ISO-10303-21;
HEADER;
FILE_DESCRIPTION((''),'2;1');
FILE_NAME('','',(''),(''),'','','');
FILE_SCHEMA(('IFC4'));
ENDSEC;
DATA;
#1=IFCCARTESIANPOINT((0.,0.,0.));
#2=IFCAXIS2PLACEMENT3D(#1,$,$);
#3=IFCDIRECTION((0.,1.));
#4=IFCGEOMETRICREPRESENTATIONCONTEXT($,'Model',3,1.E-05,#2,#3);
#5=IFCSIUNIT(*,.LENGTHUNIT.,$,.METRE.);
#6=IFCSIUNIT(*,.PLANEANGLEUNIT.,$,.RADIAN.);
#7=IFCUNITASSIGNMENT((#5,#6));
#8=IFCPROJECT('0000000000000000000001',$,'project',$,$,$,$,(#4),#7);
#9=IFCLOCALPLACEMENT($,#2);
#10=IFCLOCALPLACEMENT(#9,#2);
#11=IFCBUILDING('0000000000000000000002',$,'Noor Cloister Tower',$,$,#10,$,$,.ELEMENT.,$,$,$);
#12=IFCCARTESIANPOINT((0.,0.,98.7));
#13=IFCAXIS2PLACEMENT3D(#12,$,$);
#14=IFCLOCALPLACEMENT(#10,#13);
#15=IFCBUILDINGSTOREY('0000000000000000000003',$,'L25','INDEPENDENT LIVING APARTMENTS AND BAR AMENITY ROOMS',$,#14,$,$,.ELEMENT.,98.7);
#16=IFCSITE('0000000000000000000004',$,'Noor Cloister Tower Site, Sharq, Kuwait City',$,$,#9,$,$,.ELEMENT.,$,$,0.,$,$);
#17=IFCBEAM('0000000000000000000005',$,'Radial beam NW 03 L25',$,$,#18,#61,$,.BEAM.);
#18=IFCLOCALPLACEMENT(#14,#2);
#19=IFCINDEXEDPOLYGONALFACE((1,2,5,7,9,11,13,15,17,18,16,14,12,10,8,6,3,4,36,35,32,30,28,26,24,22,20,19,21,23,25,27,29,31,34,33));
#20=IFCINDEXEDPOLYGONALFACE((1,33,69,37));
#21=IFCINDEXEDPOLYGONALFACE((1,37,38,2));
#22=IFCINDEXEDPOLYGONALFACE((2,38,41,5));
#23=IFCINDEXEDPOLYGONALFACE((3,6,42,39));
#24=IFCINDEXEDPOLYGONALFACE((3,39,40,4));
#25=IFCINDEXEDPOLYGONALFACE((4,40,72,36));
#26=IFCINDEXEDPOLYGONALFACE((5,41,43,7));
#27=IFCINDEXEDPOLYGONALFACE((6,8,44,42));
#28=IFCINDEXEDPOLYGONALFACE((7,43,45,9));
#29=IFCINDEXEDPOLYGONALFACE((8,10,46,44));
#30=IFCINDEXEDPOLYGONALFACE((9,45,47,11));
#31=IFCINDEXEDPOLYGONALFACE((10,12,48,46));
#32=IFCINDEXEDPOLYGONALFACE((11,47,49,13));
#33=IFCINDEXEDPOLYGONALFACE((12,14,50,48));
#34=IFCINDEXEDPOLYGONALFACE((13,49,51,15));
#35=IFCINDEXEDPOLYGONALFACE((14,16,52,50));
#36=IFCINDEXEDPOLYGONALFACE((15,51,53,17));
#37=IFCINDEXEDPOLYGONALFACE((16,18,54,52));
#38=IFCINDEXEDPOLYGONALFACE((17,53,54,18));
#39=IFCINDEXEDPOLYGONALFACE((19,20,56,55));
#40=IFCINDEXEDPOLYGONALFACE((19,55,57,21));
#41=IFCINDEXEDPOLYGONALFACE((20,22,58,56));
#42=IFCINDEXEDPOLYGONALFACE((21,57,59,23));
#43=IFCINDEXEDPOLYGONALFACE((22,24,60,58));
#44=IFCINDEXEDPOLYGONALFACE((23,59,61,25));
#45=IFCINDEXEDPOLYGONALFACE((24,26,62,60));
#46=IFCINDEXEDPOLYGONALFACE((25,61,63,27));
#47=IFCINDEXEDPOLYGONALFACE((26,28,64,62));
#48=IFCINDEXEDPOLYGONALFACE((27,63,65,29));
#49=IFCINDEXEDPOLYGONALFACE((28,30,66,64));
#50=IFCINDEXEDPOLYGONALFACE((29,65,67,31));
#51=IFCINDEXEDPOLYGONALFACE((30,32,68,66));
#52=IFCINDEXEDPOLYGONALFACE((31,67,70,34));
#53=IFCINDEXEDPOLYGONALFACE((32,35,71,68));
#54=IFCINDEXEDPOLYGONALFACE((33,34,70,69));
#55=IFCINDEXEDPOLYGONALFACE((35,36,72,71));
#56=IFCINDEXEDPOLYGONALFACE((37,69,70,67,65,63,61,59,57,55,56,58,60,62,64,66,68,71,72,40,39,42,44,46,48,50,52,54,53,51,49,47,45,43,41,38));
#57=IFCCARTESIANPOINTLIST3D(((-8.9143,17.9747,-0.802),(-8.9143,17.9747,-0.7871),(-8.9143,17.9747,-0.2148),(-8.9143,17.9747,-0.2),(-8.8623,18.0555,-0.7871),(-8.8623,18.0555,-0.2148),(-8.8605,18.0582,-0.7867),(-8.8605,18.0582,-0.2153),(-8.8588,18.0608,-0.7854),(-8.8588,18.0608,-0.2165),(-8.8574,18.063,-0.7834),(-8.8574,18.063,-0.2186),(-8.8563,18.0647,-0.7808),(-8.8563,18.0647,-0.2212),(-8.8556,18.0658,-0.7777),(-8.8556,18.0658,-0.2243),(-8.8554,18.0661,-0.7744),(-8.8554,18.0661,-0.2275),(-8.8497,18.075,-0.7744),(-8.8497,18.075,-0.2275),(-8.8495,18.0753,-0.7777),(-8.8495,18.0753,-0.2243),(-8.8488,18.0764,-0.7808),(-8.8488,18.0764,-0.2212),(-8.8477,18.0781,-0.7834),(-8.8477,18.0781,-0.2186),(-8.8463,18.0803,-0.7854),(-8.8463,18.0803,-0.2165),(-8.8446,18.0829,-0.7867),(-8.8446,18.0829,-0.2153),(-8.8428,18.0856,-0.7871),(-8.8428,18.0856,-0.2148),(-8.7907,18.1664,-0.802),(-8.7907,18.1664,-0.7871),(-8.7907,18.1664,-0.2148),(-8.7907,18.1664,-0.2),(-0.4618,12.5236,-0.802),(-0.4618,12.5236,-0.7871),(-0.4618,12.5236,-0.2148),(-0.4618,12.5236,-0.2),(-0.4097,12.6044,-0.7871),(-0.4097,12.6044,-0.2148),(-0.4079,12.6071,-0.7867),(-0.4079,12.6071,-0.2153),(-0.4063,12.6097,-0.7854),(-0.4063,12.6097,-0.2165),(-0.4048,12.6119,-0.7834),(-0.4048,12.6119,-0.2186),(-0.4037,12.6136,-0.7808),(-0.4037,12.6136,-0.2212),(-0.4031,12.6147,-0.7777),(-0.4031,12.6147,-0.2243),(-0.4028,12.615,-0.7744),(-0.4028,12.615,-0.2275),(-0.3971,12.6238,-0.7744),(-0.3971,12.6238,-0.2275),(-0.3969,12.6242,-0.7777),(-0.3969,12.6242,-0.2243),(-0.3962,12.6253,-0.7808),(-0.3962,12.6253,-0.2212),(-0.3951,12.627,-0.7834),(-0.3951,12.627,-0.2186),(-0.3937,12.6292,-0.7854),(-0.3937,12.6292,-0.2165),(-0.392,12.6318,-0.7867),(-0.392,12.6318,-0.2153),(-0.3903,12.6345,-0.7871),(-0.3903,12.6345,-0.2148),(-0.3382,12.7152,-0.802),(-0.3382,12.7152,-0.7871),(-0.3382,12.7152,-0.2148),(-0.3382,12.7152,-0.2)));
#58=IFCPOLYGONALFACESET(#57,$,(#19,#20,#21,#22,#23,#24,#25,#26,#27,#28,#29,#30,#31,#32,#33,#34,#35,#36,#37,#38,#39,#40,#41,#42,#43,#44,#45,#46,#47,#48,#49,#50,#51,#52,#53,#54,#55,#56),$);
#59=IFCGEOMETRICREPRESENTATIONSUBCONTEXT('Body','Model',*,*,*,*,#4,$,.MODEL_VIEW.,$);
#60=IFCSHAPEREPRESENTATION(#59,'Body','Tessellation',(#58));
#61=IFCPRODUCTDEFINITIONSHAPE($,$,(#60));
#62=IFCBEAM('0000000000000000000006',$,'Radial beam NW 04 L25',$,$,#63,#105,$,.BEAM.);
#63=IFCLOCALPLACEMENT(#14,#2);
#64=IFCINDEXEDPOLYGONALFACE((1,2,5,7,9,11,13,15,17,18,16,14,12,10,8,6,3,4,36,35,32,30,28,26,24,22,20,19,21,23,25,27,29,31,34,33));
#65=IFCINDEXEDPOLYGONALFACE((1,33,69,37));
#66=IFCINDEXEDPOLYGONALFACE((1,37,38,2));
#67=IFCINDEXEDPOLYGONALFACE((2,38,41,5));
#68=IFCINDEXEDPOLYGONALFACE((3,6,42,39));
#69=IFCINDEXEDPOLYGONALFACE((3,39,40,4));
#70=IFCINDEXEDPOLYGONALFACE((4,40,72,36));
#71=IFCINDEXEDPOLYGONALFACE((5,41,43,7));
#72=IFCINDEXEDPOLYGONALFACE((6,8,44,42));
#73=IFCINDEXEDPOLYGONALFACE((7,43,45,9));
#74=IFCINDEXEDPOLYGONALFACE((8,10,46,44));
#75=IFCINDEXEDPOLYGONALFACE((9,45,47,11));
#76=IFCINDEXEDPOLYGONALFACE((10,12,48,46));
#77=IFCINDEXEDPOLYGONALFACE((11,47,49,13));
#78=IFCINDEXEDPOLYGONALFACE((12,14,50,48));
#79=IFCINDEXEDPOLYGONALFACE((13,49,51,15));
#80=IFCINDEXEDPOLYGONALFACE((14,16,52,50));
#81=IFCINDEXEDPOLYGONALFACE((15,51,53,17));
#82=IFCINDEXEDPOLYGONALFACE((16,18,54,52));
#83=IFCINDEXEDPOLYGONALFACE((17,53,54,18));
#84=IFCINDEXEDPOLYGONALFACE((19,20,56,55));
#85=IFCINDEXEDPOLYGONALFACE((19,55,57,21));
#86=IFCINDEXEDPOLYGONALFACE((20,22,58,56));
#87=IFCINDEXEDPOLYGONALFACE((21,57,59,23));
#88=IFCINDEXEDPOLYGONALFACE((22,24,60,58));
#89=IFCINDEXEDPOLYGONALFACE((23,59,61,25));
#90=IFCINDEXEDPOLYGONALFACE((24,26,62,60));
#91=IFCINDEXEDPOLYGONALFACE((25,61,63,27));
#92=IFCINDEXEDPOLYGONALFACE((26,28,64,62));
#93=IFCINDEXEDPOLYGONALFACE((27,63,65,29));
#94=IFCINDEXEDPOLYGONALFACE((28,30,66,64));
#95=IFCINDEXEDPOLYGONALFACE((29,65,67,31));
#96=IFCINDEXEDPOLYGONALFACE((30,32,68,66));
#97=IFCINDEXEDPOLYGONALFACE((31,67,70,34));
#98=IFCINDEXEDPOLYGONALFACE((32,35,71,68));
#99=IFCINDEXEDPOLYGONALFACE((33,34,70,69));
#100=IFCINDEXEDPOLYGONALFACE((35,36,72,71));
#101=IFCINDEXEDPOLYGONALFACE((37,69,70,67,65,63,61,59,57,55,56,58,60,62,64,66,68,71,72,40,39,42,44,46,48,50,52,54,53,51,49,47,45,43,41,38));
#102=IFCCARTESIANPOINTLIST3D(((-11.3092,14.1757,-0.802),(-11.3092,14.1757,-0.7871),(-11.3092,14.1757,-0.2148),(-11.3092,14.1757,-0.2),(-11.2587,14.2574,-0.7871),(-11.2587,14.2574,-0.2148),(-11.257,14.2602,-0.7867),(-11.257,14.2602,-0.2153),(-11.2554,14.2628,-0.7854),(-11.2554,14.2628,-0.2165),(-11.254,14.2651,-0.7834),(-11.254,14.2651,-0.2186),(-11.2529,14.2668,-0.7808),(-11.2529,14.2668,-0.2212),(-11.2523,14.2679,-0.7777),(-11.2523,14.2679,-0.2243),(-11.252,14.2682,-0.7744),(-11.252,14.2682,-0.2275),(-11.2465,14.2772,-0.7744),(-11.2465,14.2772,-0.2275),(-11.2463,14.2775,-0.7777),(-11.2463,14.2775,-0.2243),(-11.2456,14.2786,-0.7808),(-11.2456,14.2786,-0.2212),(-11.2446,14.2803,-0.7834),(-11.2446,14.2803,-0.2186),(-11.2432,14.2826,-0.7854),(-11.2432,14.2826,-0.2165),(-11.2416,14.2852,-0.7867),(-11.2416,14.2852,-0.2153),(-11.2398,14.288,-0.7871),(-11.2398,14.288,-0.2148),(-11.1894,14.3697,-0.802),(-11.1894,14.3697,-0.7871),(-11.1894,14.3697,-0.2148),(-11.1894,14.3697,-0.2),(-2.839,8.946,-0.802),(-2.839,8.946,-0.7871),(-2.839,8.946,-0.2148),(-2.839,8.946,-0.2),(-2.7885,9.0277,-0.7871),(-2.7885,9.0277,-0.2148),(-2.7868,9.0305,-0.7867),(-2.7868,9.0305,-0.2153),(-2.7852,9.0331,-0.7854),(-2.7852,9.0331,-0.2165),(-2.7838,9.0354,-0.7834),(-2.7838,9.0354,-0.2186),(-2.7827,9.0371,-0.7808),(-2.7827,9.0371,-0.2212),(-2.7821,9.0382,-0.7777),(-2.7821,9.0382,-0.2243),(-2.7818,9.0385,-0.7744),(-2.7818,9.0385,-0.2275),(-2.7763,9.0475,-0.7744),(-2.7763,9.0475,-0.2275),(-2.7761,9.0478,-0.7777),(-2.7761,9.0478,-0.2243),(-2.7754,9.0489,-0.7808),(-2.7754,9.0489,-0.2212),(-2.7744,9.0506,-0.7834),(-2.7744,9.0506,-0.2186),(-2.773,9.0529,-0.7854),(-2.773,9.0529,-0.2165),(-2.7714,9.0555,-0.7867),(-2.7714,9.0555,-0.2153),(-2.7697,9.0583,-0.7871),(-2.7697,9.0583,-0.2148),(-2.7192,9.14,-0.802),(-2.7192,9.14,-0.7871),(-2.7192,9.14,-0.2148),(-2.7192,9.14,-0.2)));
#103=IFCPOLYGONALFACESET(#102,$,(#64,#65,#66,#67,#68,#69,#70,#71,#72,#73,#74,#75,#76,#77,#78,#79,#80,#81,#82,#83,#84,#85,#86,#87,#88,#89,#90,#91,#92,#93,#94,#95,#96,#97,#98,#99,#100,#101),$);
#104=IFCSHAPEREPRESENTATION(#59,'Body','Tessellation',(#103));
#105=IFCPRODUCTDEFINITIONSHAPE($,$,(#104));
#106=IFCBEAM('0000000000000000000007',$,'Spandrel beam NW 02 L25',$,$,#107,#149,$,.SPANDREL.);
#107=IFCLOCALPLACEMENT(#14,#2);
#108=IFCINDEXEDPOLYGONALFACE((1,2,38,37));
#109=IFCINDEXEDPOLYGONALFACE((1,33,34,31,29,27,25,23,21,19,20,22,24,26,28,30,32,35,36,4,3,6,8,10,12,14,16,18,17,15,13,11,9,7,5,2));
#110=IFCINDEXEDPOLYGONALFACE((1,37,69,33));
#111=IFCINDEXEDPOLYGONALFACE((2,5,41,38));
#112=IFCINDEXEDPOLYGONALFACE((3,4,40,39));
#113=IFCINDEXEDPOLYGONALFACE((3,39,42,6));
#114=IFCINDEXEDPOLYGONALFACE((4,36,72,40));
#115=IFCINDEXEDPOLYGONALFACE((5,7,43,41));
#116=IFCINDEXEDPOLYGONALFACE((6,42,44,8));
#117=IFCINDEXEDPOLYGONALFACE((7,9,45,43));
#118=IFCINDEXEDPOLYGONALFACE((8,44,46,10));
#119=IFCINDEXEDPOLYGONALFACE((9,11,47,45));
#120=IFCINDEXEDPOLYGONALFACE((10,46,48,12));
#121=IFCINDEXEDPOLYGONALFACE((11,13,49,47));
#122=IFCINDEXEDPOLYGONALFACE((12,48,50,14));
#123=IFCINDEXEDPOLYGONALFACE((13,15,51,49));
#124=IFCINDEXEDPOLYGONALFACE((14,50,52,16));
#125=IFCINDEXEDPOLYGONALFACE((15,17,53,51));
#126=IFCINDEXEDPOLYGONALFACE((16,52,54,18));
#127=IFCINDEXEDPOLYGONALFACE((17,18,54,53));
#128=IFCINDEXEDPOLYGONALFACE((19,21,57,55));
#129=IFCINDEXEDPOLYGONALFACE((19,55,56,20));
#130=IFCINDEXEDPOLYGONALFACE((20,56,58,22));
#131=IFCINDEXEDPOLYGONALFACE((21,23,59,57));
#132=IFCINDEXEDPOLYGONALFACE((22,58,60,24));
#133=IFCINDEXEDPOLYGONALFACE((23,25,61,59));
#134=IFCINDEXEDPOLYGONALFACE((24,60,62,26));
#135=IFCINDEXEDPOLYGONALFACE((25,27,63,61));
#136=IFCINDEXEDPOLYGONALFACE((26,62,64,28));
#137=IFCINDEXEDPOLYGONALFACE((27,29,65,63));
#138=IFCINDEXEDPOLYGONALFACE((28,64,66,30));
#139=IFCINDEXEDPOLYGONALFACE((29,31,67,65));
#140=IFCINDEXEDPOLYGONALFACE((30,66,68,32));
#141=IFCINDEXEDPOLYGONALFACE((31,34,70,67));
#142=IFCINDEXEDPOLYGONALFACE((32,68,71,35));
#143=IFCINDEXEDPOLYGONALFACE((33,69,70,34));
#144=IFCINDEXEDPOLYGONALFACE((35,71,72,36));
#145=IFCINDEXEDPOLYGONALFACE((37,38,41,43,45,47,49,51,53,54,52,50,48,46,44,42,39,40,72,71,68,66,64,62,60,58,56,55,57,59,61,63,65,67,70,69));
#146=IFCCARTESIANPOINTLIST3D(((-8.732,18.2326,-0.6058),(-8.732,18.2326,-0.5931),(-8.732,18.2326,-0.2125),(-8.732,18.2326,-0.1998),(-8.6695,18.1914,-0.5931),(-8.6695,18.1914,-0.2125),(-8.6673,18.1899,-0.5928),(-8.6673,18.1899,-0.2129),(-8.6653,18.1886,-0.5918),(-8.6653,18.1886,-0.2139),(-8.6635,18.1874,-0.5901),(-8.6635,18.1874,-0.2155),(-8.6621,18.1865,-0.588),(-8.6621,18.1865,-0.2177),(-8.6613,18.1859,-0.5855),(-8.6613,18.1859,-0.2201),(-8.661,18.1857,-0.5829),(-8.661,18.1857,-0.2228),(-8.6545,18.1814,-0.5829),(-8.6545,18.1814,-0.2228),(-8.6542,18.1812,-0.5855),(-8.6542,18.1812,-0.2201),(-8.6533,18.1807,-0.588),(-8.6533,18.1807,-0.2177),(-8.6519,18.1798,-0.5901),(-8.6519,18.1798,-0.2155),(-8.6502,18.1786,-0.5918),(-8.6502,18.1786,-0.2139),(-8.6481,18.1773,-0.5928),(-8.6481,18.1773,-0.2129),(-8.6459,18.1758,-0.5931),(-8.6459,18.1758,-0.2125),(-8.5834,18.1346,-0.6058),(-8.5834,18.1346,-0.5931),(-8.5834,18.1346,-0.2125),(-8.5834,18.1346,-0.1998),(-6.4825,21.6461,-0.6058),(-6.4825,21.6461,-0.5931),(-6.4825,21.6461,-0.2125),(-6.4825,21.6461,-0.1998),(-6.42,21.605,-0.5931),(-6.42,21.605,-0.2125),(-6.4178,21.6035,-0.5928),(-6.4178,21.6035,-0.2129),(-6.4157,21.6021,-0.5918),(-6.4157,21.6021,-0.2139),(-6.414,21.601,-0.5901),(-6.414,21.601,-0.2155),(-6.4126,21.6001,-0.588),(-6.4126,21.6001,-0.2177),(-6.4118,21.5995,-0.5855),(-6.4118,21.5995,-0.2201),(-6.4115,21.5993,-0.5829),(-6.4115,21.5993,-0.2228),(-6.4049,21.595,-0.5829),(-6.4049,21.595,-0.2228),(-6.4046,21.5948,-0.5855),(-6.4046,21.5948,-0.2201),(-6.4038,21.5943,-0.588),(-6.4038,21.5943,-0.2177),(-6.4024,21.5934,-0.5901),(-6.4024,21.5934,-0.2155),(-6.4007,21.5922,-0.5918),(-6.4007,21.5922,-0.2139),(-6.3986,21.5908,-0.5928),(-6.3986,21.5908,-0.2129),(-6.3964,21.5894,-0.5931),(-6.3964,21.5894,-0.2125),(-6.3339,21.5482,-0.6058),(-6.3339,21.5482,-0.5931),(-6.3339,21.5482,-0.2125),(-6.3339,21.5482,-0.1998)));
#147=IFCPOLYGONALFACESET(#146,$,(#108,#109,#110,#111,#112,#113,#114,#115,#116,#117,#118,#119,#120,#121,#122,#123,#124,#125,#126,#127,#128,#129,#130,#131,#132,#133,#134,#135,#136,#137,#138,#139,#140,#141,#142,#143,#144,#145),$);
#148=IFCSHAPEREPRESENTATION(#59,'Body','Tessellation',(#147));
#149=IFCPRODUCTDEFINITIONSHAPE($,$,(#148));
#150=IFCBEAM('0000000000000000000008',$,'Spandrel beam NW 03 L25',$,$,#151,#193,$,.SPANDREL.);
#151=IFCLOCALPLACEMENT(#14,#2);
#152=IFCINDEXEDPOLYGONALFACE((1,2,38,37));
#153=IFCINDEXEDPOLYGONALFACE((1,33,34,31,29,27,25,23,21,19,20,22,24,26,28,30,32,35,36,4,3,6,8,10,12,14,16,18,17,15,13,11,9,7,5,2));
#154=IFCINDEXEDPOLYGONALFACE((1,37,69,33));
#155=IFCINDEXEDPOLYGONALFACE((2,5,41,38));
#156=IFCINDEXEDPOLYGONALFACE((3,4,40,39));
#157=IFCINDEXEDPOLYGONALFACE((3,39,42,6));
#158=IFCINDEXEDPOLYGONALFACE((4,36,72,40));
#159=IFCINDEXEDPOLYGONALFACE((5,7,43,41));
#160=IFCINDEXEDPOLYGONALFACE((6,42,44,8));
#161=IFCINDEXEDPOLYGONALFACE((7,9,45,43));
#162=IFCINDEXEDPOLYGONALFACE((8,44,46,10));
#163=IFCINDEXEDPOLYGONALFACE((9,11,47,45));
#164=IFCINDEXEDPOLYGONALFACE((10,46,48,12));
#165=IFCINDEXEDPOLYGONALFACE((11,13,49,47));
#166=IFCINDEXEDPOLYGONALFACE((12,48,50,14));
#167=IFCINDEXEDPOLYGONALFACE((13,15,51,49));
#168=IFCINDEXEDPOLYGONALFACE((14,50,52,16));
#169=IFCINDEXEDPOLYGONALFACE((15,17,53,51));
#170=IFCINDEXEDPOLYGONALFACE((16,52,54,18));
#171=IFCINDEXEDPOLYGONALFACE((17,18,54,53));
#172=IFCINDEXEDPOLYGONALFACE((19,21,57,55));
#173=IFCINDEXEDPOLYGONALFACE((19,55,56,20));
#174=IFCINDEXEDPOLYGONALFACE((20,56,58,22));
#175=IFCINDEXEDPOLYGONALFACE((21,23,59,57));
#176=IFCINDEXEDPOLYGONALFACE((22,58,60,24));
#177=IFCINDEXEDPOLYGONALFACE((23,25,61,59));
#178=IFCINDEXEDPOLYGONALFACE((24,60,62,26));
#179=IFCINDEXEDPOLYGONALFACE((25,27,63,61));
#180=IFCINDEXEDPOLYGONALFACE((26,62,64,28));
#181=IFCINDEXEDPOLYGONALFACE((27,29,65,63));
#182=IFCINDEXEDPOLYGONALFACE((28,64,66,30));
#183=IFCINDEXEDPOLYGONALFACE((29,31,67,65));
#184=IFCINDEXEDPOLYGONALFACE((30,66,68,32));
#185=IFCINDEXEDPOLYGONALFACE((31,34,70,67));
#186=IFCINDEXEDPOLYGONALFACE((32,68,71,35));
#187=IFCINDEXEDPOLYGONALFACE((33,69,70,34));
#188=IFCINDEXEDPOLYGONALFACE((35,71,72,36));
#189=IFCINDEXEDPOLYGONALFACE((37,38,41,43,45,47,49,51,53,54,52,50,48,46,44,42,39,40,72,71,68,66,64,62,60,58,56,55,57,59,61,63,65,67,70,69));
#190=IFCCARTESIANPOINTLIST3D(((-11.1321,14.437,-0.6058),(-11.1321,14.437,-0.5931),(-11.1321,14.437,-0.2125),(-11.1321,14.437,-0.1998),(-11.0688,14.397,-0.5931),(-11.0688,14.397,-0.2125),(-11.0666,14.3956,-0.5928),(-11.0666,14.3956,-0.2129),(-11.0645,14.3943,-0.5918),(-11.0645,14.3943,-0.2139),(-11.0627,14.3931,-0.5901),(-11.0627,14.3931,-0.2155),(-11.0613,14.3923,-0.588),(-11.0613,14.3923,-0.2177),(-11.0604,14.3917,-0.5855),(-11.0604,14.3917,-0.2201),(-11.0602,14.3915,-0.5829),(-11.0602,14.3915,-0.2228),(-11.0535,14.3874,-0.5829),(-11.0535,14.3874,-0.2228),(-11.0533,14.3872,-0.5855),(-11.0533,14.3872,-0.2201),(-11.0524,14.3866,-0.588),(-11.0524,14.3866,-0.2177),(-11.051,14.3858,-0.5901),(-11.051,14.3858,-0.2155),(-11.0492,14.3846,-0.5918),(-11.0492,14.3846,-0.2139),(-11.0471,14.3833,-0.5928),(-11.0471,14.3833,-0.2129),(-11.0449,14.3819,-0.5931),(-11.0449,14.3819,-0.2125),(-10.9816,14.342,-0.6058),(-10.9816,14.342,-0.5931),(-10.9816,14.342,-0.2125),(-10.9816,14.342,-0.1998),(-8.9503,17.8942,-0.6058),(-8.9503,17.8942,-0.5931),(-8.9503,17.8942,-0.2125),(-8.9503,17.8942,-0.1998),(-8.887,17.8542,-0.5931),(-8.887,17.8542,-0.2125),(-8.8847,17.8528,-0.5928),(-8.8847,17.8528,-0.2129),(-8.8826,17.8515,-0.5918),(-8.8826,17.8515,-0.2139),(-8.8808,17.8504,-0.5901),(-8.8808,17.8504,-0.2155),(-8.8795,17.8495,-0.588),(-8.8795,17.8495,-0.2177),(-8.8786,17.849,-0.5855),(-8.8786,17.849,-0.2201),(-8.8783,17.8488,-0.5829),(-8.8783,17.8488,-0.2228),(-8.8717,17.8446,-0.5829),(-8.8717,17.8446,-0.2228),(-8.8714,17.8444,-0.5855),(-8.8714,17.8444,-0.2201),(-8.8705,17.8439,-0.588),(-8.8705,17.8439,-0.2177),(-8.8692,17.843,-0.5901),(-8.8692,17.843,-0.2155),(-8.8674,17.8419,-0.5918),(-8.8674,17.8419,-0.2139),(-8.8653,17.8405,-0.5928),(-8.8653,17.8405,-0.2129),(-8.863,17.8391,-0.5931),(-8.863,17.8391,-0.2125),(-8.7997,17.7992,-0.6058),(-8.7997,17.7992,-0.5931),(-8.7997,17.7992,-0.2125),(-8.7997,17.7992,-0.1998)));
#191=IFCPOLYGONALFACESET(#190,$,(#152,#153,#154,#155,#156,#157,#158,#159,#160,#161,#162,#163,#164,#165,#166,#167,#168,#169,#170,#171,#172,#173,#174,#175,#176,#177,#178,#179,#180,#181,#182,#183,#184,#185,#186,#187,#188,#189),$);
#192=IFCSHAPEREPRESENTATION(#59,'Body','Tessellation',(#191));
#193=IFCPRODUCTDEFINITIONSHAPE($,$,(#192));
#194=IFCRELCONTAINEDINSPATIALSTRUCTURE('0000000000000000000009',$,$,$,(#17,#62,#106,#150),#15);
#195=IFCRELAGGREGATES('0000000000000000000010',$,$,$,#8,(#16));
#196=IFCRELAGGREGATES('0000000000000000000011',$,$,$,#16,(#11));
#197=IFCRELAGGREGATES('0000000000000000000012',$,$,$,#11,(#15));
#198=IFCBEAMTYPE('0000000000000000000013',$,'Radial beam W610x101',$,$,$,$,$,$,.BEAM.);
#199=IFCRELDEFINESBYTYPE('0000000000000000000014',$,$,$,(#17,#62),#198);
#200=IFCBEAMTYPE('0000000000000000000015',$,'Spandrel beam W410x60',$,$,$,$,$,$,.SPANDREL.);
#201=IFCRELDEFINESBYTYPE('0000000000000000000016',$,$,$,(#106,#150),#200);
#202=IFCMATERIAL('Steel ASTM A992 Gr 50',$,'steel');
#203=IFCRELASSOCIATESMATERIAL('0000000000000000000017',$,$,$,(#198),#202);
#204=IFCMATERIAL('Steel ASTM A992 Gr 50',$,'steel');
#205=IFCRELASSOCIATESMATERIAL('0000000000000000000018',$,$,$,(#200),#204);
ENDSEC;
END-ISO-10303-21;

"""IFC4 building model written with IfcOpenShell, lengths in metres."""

from ifc_helpers import new_model, si_unit, direction, frame, origin, origin_2d, place, context, subcontext, project, spatial, i_section, extrude, material, material_profile, profile_set, type_object, element, save


model = new_model("IFC4")

# Units and contexts
model_context = context("Model", 3, precision=1e-05, world=origin(), true_north=direction((0.0, 1.0)))
body_context = subcontext(model_context, "Body", "Model", "MODEL_VIEW")
ifc_project = project(units=[si_unit("LENGTHUNIT", "METRE"), si_unit("PLANEANGLEUNIT", "RADIAN")], contexts=[model_context])

# Site, building, storey
site_placement = place(None, origin())
site = spatial("IfcSite", under=ifc_project, at=site_placement, Name="Noor Cloister Tower Site, Sharq, Kuwait City", CompositionType="ELEMENT", RefElevation=0.0)
building_placement = place(site_placement, origin())
building = spatial("IfcBuilding", under=site, at=building_placement, Name="Noor Cloister Tower", CompositionType="ELEMENT")
storey_placement = place(building_placement, frame((0.0, 0.0, 98.7)))
storey = spatial("IfcBuildingStorey", under=building, at=storey_placement, Name="L25", Description="INDEPENDENT LIVING APARTMENTS AND BAR AMENITY ROOMS", CompositionType="ELEMENT", Elevation=98.7)

# Beams
ifc_material_1 = material(Name="Steel ASTM A992 Gr 50", Category="steel")
ifc_material_profile_1 = material_profile(ifc_material_1, i_section(OverallWidth=0.228, OverallDepth=0.6021, WebThickness=0.0105, FlangeThickness=0.0149, FilletRadius=0.0127, at=origin_2d()), Name="W610x101")
ifc_profile_set_1 = profile_set([ifc_material_profile_1], Name="Steel ASTM A992 Gr 50")
beam_type_1 = type_object("IfcBeamType", Name="Radial beam W610x101", PredefinedType="BEAM", material=ifc_profile_set_1)
beam_1_placement = place(storey_placement, frame((-8.8525, 18.0706, -0.501), z_axis=(0.840394, -0.541976, 0.0), x_axis=(0.541976, 0.840394, 0.0)))
element("IfcBeam", 1, at=beam_1_placement, inside=storey, type_object=beam_type_1, Name="Radial beam NW 03 L25", PredefinedType="BEAM", context=body_context, shape_type="SweptSolid", body=[
    extrude(i_section(OverallWidth=0.228, OverallDepth=0.6021, WebThickness=0.0105, FlangeThickness=0.0149, FilletRadius=0.0127, at=origin_2d()), origin(), (0.0, 0.0, 1.0), 10.0579),
])
beam_2_placement = place(storey_placement, frame((-11.2493, 14.2727, -0.501), z_axis=(0.850882, -0.525357, 0.0), x_axis=(0.525357, 0.850882, 0.0)))
element("IfcBeam", 2, at=beam_2_placement, inside=storey, type_object=beam_type_1, Name="Radial beam NW 04 L25", PredefinedType="BEAM", context=body_context, shape_type="SweptSolid", body=[
    extrude(i_section(OverallWidth=0.228, OverallDepth=0.6021, WebThickness=0.0105, FlangeThickness=0.0149, FilletRadius=0.0127, at=origin_2d()), origin(), (0.0, 0.0, 1.0), 9.9546),
])
ifc_material_2 = material(Name="Steel ASTM A992 Gr 50", Category="steel")
ifc_material_profile_2 = material_profile(ifc_material_2, i_section(OverallWidth=0.178, OverallDepth=0.406, WebThickness=0.0078, FlangeThickness=0.0127, FilletRadius=0.0103, at=origin_2d()), Name="W410x60")
ifc_profile_set_2 = profile_set([ifc_material_profile_2], Name="Steel ASTM A992 Gr 50")
beam_type_2 = type_object("IfcBeamType", Name="Spandrel beam W410x60", PredefinedType="SPANDREL", material=ifc_profile_set_2)
for number, where, z_axis, x_axis, name in (
    (3, (-6.4082, 21.5972, -0.4028), (-0.550255, -0.834997, 0.0), (0.834997, -0.550255, 0.0), "Spandrel beam NW 02 L25"),
    (4, (-8.875, 17.8467, -0.4028), (-0.533703, -0.845672, 0.0), (0.845672, -0.533703, 0.0), "Spandrel beam NW 03 L25"),
):
    element("IfcBeam", number, at=place(storey_placement, frame(where, z_axis=z_axis, x_axis=x_axis)), inside=storey, type_object=beam_type_2, Name=name, PredefinedType="SPANDREL", context=body_context, shape_type="SweptSolid", body=[
        extrude(i_section(OverallWidth=0.178, OverallDepth=0.406, WebThickness=0.0078, FlangeThickness=0.0127, FilletRadius=0.0103, at=origin_2d()), origin(), (0.0, 0.0, 1.0), 4.0881),
    ])

save(model, "model.ifc")
